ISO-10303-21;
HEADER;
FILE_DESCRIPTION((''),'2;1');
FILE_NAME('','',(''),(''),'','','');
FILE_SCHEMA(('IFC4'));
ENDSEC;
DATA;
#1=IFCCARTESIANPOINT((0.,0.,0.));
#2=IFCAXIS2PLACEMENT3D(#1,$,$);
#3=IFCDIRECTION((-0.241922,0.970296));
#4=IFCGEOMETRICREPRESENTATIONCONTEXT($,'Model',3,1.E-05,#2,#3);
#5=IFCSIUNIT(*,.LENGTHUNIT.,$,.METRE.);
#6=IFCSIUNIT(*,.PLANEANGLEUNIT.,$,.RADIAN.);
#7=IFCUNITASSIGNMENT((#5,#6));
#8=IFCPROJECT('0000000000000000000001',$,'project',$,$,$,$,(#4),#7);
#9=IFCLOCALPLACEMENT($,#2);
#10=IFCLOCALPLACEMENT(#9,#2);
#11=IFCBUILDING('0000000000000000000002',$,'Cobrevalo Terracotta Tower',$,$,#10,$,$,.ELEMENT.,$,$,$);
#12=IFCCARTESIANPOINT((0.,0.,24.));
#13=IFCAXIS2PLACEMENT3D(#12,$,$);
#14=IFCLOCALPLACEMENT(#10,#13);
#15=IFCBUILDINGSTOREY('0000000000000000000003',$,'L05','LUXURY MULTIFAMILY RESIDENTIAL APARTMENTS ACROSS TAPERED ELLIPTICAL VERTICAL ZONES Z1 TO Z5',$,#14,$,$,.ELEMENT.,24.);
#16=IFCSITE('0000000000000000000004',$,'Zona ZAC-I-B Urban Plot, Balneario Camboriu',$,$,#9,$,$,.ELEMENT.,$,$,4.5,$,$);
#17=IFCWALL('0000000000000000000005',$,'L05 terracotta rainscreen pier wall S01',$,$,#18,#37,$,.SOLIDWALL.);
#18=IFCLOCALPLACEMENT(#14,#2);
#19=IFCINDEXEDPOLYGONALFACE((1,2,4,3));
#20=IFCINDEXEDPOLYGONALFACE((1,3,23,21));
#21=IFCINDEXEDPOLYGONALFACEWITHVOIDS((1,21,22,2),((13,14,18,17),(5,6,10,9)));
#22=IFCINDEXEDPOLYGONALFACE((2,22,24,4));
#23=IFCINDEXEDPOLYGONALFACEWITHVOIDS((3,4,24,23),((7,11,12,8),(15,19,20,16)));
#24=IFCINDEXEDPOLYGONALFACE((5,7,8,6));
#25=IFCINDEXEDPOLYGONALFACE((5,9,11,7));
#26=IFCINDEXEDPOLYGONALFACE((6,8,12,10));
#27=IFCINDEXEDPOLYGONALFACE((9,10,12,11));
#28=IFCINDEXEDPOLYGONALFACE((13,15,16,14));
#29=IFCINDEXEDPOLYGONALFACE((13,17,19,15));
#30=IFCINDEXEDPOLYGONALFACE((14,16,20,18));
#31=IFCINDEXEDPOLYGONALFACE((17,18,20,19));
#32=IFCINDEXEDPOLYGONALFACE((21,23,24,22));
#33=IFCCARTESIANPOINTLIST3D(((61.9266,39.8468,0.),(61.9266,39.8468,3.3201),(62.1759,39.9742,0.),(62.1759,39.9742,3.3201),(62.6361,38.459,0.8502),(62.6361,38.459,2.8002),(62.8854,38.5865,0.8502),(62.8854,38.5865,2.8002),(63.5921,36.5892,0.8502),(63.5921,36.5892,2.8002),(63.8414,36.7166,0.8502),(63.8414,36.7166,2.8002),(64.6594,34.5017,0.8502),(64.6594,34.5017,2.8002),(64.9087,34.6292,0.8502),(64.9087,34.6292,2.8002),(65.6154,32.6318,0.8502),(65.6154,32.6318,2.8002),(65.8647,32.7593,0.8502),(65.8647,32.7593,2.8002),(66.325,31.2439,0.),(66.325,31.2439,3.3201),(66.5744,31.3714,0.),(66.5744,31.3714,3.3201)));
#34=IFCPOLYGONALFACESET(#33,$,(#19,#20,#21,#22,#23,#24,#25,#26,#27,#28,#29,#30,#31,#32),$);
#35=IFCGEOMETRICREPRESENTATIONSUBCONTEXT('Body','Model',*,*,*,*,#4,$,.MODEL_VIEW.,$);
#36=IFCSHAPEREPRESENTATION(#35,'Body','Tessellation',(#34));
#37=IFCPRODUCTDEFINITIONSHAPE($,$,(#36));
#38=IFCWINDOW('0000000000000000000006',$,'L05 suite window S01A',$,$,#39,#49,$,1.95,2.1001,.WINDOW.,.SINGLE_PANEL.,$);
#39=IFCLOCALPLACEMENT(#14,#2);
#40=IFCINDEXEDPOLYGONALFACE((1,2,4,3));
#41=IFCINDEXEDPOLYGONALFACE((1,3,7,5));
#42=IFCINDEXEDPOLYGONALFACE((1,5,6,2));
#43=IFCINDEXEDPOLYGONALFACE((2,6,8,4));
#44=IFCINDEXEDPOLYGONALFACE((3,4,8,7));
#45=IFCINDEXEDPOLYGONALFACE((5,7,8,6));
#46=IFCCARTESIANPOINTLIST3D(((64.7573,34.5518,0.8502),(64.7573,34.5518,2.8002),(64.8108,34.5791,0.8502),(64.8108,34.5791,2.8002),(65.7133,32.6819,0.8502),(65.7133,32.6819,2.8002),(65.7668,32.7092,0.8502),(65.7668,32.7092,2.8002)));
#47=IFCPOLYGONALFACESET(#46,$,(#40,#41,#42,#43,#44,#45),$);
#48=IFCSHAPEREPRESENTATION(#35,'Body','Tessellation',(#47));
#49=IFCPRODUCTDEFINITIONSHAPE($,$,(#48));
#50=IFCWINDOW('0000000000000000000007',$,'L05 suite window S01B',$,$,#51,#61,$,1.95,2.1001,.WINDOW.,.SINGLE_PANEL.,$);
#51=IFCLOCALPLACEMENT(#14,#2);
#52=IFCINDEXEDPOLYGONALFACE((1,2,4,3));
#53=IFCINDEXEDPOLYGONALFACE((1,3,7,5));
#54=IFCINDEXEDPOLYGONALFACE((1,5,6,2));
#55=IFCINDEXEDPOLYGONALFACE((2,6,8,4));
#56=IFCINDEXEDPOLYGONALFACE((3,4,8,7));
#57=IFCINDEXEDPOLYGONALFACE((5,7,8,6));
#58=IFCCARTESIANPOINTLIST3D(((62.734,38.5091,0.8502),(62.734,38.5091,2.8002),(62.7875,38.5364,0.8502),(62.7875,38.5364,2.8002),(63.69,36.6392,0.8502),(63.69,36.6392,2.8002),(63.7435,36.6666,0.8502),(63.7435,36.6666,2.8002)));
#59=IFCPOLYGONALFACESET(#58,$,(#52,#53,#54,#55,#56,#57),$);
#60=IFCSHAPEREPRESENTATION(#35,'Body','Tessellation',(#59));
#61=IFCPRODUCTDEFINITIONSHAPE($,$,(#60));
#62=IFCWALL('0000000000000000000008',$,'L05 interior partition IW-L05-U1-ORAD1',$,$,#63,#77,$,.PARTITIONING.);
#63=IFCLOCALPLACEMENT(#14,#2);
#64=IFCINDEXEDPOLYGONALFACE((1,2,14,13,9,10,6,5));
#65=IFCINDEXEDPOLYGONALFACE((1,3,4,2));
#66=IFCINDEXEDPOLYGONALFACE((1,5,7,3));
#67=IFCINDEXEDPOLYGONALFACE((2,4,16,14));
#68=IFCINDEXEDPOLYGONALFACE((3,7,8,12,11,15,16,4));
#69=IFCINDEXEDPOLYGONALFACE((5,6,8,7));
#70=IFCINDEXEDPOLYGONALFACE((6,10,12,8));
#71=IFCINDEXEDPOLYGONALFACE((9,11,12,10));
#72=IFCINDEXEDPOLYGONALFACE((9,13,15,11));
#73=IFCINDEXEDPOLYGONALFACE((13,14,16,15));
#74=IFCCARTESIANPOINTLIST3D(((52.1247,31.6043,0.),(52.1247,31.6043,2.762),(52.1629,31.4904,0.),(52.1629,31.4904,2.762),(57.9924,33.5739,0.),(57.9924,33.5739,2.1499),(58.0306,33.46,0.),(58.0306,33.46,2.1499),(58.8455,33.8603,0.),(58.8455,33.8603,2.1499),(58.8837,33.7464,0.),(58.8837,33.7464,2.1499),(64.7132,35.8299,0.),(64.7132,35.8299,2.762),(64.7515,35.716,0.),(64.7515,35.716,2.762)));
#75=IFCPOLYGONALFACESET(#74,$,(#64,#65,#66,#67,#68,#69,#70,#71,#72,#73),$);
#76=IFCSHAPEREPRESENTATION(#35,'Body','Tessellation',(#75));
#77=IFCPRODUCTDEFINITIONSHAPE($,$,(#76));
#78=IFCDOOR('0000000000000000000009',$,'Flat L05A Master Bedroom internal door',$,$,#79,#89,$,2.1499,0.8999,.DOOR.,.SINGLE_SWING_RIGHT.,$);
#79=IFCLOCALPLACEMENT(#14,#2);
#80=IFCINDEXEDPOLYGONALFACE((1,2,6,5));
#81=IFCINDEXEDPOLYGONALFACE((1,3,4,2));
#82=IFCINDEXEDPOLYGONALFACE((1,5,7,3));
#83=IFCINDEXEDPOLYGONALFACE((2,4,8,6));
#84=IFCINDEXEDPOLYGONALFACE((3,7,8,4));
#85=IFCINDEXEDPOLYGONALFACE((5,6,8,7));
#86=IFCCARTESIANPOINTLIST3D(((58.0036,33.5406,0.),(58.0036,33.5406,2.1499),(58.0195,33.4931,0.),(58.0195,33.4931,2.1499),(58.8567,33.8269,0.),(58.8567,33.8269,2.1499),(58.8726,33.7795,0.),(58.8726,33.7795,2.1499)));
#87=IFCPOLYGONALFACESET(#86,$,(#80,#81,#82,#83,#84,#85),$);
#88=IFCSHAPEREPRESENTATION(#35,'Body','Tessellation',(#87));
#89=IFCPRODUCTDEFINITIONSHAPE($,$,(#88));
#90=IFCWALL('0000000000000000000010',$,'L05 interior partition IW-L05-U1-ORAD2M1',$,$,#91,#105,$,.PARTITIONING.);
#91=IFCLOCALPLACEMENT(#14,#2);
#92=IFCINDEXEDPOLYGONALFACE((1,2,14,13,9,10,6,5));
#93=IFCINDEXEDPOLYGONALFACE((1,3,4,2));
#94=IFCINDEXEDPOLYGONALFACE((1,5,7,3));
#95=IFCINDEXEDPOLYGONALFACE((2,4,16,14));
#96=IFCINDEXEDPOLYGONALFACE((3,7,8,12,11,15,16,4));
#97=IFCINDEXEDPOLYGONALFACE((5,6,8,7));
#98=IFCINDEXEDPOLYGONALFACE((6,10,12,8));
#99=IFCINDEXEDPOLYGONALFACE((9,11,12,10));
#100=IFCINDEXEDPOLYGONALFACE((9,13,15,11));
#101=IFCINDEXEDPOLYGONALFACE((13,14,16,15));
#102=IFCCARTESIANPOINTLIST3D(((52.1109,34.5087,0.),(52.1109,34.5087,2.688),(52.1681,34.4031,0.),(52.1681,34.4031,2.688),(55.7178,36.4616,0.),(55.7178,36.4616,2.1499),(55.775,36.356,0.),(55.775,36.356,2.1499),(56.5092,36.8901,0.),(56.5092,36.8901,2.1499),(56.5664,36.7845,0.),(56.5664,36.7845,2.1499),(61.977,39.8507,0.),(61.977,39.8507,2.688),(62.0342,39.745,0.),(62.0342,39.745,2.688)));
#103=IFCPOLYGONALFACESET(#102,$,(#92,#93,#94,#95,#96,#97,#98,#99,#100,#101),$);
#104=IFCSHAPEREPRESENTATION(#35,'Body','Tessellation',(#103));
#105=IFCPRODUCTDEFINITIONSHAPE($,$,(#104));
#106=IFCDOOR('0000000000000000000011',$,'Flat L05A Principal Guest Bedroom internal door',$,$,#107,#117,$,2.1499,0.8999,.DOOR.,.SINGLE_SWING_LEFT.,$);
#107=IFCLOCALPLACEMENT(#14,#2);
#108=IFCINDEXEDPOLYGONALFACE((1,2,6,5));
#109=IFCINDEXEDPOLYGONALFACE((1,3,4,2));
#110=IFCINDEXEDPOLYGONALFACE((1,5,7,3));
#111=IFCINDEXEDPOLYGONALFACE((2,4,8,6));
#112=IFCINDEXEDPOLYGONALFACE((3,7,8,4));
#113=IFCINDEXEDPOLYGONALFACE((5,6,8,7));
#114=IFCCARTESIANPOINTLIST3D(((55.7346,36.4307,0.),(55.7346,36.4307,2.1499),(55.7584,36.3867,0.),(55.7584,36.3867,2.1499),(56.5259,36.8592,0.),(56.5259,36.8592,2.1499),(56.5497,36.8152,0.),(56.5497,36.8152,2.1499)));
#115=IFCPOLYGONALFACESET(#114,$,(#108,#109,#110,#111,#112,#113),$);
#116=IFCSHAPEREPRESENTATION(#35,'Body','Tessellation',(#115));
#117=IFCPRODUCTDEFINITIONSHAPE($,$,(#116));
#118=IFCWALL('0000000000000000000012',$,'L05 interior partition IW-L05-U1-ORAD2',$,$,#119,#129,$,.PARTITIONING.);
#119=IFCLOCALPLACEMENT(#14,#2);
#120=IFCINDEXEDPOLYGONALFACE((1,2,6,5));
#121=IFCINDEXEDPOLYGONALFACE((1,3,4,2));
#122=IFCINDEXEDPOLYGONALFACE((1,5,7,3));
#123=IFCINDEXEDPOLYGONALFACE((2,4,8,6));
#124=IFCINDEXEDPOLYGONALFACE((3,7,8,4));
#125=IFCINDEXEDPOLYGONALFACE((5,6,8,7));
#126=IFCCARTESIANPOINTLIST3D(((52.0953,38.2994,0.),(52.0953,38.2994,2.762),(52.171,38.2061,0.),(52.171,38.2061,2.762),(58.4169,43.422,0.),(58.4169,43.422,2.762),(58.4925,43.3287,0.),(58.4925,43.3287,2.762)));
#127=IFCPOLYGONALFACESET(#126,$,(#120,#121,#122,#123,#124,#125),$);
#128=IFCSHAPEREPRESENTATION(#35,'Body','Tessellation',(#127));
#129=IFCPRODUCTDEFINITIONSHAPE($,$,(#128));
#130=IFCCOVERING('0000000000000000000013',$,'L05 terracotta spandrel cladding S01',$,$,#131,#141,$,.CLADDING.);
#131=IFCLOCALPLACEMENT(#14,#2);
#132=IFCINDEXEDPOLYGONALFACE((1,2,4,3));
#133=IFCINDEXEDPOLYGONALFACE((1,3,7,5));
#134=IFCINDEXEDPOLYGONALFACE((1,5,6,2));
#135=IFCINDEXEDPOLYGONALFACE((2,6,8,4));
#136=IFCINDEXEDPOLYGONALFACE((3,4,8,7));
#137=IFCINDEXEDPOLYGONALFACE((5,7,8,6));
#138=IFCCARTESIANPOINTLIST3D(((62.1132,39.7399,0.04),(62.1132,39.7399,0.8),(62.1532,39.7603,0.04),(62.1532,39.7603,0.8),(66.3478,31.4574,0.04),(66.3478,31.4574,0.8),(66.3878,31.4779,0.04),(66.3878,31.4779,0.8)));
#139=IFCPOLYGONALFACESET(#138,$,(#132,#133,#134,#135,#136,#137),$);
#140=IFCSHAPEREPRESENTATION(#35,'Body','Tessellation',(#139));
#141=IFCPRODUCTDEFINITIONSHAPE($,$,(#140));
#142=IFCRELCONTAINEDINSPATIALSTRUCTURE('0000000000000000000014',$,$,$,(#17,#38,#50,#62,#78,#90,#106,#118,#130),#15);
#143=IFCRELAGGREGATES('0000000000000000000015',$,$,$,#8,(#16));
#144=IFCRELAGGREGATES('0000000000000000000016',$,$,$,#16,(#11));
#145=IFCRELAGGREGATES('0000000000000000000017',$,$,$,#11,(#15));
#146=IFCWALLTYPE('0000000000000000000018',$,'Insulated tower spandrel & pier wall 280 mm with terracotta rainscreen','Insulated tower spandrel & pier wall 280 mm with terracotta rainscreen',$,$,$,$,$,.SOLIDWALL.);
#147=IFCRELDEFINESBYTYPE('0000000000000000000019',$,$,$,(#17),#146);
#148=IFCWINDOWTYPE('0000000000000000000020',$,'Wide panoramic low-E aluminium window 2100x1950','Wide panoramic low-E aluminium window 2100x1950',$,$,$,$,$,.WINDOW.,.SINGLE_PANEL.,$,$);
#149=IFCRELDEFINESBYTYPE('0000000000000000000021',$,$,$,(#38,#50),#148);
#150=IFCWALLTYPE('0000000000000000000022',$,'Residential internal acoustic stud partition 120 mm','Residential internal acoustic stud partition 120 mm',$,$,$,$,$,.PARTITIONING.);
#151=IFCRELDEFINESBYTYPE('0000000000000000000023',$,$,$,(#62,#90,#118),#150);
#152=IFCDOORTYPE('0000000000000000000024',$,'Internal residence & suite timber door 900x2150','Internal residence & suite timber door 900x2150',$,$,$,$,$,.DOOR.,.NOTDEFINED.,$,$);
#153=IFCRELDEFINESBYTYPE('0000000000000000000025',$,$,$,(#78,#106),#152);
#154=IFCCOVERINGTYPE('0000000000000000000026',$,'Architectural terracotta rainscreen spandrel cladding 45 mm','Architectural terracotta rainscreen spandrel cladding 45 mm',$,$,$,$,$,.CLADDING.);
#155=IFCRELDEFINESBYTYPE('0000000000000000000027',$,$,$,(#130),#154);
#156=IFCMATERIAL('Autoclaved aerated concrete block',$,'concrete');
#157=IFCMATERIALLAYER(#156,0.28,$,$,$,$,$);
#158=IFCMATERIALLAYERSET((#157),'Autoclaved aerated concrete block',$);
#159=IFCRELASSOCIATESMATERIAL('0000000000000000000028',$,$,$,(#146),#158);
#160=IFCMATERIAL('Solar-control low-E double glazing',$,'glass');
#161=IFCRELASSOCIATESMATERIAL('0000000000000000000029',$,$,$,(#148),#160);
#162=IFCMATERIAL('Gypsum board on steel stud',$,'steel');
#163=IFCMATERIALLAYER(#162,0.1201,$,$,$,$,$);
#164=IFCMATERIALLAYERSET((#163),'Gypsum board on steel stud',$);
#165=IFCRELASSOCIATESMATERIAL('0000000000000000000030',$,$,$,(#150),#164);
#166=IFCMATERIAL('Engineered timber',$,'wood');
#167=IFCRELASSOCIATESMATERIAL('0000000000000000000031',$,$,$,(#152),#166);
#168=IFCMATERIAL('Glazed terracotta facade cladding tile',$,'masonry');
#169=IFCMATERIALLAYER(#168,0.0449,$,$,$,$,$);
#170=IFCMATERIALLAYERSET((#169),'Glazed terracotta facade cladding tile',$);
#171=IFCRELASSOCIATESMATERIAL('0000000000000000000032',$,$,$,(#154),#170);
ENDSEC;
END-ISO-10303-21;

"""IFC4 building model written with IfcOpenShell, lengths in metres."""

from ifc_helpers import new_model, si_unit, direction, frame, frame_2d, origin, origin_2d, place, context, subcontext, project, spatial, rectangle, extrude, source, transform, mapped, material, layer, layer_set, type_object, element, fill, save


model = new_model("IFC4")

# Units and contexts
model_context = context("Model", 3, precision=1e-05, world=origin(), true_north=direction((-0.241922, 0.970296)))
body_context = subcontext(model_context, "Body", "Model", "MODEL_VIEW")
ifc_project = project(units=[si_unit("LENGTHUNIT", "METRE"), si_unit("PLANEANGLEUNIT", "RADIAN")], contexts=[model_context])

# Site, building, storey
site_placement = place(None, origin())
site = spatial("IfcSite", under=ifc_project, at=site_placement, Name="Zona ZAC-I-B Urban Plot, Balneario Camboriu", CompositionType="ELEMENT", RefElevation=4.5)
building_placement = place(site_placement, origin())
building = spatial("IfcBuilding", under=site, at=building_placement, Name="Cobrevalo Terracotta Tower", CompositionType="ELEMENT")
storey_placement = place(building_placement, frame((0.0, 0.0, 24.0)))
storey = spatial("IfcBuildingStorey", under=building, at=storey_placement, Name="L05", Description="LUXURY MULTIFAMILY RESIDENTIAL APARTMENTS ACROSS TAPERED ELLIPTICAL VERTICAL ZONES Z1 TO Z5", CompositionType="ELEMENT", Elevation=24.0)

# Shared definitions
ifc_material_1 = material(Name="Solar-control low-E double glazing", Category="glass")

# Wall, openings, windows
ifc_material_2 = material(Name="Autoclaved aerated concrete block", Category="concrete")
ifc_layer_1 = layer(ifc_material_2, 0.28)
ifc_layer_set_1 = layer_set([ifc_layer_1], Name="Autoclaved aerated concrete block")
wall_type_1 = type_object("IfcWallType", Name="Insulated tower spandrel & pier wall 280 mm with terracotta rainscreen", Description="Insulated tower spandrel & pier wall 280 mm with terracotta rainscreen", PredefinedType="SOLIDWALL", material=ifc_layer_set_1)
wall_1_placement = place(storey_placement, frame((66.4497, 31.3076, 0.0), z_axis=(0.0, 0.0, 1.0), x_axis=(-0.455231, 0.890373, 0.0)))
wall_1 = element("IfcWall", 1, at=wall_1_placement, inside=storey, type_object=wall_type_1, Name="L05 terracotta rainscreen pier wall S01", PredefinedType="SOLIDWALL", context=body_context, shape_type="SweptSolid", body=[
    extrude(rectangle(XDim=9.6621, YDim=0.28, at=frame_2d((4.8311, 0.0))), origin(), (0.0, 0.0, 1.0), 3.3201),
])
opening_1_placement = place(wall_1_placement, frame((1.5588, 0.0, 0.8501)))
opening_1 = element("IfcOpeningElement", 2, at=opening_1_placement, cuts=wall_1, PredefinedType="OPENING", context=body_context, shape_type="SweptSolid", body=[
    extrude(rectangle(XDim=2.1001, YDim=1.95, at=frame_2d((1.05, 0.9751))), frame((0.0, 0.1499, 0.0), z_axis=(0.0, -1.0, 0.0), x_axis=(1.0, 0.0, 0.0)), (0.0, 0.0, 1.0), 0.3),
])
opening_2_placement = place(wall_1_placement, frame((6.0034, 0.0, 0.8501)))
opening_2 = element("IfcOpeningElement", 3, at=opening_2_placement, cuts=wall_1, PredefinedType="OPENING", context=body_context, shape_type="SweptSolid", body=[
    extrude(rectangle(XDim=2.1001, YDim=1.95, at=frame_2d((1.05, 0.9751))), frame((0.0, 0.1499, 0.0), z_axis=(0.0, -1.0, 0.0), x_axis=(1.0, 0.0, 0.0)), (0.0, 0.0, 1.0), 0.3),
])
window_type = type_object("IfcWindowType", Name="Wide panoramic low-E aluminium window 2100x1950", Description="Wide panoramic low-E aluminium window 2100x1950", PartitioningType="SINGLE_PANEL", PredefinedType="WINDOW", material=ifc_material_1)
shared_shape_1 = source(origin(), body_context, "Body", "SweptSolid", [
    extrude(rectangle(XDim=2.1001, YDim=1.95, at=frame_2d((1.05, 0.9751))), frame((0.0, 0.03, 0.0), z_axis=(0.0, -1.0, 0.0), x_axis=(1.0, 0.0, 0.0)), (0.0, 0.0, 1.0), 0.0601),
])
window_1_placement = place(opening_1_placement, origin())
window_1 = element("IfcWindow", 4, at=window_1_placement, inside=storey, type_object=window_type, Name="L05 suite window S01A", OverallHeight=1.95, OverallWidth=2.1001, PartitioningType="SINGLE_PANEL", PredefinedType="WINDOW", context=body_context, shape_type="MappedRepresentation", body=[
    mapped(shared_shape_1, transform((0.0, 0.0, 0.0), scale=1.0)),
])
fill(opening_1, window_1)
window_2_placement = place(opening_2_placement, origin())
window_2 = element("IfcWindow", 5, at=window_2_placement, inside=storey, type_object=window_type, Name="L05 suite window S01B", OverallHeight=1.95, OverallWidth=2.1001, PartitioningType="SINGLE_PANEL", PredefinedType="WINDOW", context=body_context, shape_type="MappedRepresentation", body=[
    mapped(shared_shape_1, transform((0.0, 0.0, 0.0), scale=1.0)),
])
fill(opening_2, window_2)

# Walls, openings, doors
ifc_material_3 = material(Name="Gypsum board on steel stud", Category="steel")
ifc_layer_2 = layer(ifc_material_3, 0.1201)
ifc_layer_set_2 = layer_set([ifc_layer_2], Name="Gypsum board on steel stud")
wall_type_2 = type_object("IfcWallType", Name="Residential internal acoustic stud partition 120 mm", Description="Residential internal acoustic stud partition 120 mm", PredefinedType="PARTITIONING", material=ifc_layer_set_2)
wall_2_placement = place(storey_placement, frame((52.1438, 31.5474, 0.0), z_axis=(0.0, 0.0, 1.0), x_axis=(0.948017, 0.318218, 0.0)))
wall_2 = element("IfcWall", 6, at=wall_2_placement, inside=storey, type_object=wall_type_2, Name="L05 interior partition IW-L05-U1-ORAD1", PredefinedType="PARTITIONING", context=body_context, shape_type="SweptSolid", body=[
    extrude(rectangle(XDim=13.2788, YDim=0.1201, at=frame_2d((6.6394, 0.0))), origin(), (0.0, 0.0, 1.0), 2.762),
])
opening_3_placement = place(wall_2_placement, frame((6.1895, 0.0, 0.0)))
opening_3 = element("IfcOpeningElement", 7, at=opening_3_placement, cuts=wall_2, PredefinedType="OPENING", context=body_context, shape_type="SweptSolid", body=[
    extrude(rectangle(XDim=0.8999, YDim=2.1499, at=frame_2d((0.45, 1.075))), frame((0.0, 0.0701, 0.0), z_axis=(0.0, -1.0, 0.0), x_axis=(1.0, 0.0, 0.0)), (0.0, 0.0, 1.0), 0.1401),
])
ifc_material_4 = material(Name="Engineered timber", Category="wood")
door_type = type_object("IfcDoorType", Name="Internal residence & suite timber door 900x2150", Description="Internal residence & suite timber door 900x2150", OperationType="NOTDEFINED", PredefinedType="DOOR", material=ifc_material_4)
shared_shape_2 = source(origin(), body_context, "Body", "SweptSolid", [
    extrude(rectangle(XDim=0.8999, YDim=2.1499, at=frame_2d((0.45, 1.075))), frame((0.0, 0.0249, 0.0), z_axis=(0.0, -1.0, 0.0), x_axis=(1.0, 0.0, 0.0)), (0.0, 0.0, 1.0), 0.05),
])
door_1_placement = place(opening_3_placement, origin())
door_1 = element("IfcDoor", 8, at=door_1_placement, inside=storey, type_object=door_type, Name="Flat L05A Master Bedroom internal door", OperationType="SINGLE_SWING_RIGHT", OverallHeight=2.1499, OverallWidth=0.8999, PredefinedType="DOOR", context=body_context, shape_type="MappedRepresentation", body=[
    mapped(shared_shape_2, transform((0.0, 0.0, 0.0), scale=1.0)),
])
fill(opening_3, door_1)
wall_3_placement = place(storey_placement, frame((52.1394, 34.4558, 0.0), z_axis=(0.0, 0.0, 1.0), x_axis=(0.879372, 0.476135, 0.0)))
wall_3 = element("IfcWall", 9, at=wall_3_placement, inside=storey, type_object=wall_type_2, Name="L05 interior partition IW-L05-U1-ORAD2M1", PredefinedType="PARTITIONING", context=body_context, shape_type="SweptSolid", body=[
    extrude(rectangle(XDim=11.2195, YDim=0.1201, at=frame_2d((5.6099, 0.0))), origin(), (0.0, 0.0, 1.0), 2.688),
])
opening_4_placement = place(wall_3_placement, frame((4.1018, 0.0, 0.0)))
opening_4 = element("IfcOpeningElement", 10, at=opening_4_placement, cuts=wall_3, PredefinedType="OPENING", context=body_context, shape_type="SweptSolid", body=[
    extrude(rectangle(XDim=0.8999, YDim=2.1499, at=frame_2d((0.45, 1.075))), frame((0.0, 0.0701, 0.0), z_axis=(0.0, -1.0, 0.0), x_axis=(1.0, 0.0, 0.0)), (0.0, 0.0, 1.0), 0.1401),
])
door_2_placement = place(opening_4_placement, origin())
door_2 = element("IfcDoor", 11, at=door_2_placement, inside=storey, type_object=door_type, Name="Flat L05A Principal Guest Bedroom internal door", OperationType="SINGLE_SWING_LEFT", OverallHeight=2.1499, OverallWidth=0.8999, PredefinedType="DOOR", context=body_context, shape_type="MappedRepresentation", body=[
    mapped(shared_shape_2, transform((0.0, 0.0, 0.0), scale=1.0)),
])
fill(opening_4, door_2)

# Wall
wall_4_placement = place(storey_placement, frame((52.1331, 38.2527, 0.0), z_axis=(0.0, 0.0, 1.0), x_axis=(0.776937, 0.629579, 0.0)))
element("IfcWall", 12, at=wall_4_placement, inside=storey, type_object=wall_type_2, Name="L05 interior partition IW-L05-U1-ORAD2", PredefinedType="PARTITIONING", context=body_context, shape_type="SweptSolid", body=[
    extrude(rectangle(XDim=8.1365, YDim=0.1201, at=frame_2d((4.0684, 0.0))), origin(), (0.0, 0.0, 1.0), 2.762),
])

# Covering
ifc_material_5 = material(Name="Glazed terracotta facade cladding tile", Category="masonry")
ifc_layer_3 = layer(ifc_material_5, 0.0449)
ifc_layer_set_3 = layer_set([ifc_layer_3], Name="Glazed terracotta facade cladding tile")
covering_type = type_object("IfcCoveringType", Name="Architectural terracotta rainscreen spandrel cladding 45 mm", Description="Architectural terracotta rainscreen spandrel cladding 45 mm", PredefinedType="CLADDING", material=ifc_layer_set_3)
shared_shape_3 = source(origin(), body_context, "Body", "SweptSolid", [
    extrude(rectangle(XDim=9.3022, YDim=0.0449, at=origin_2d()), origin(), (0.0, 0.0, 1.0), 0.76),
])
covering_placement = place(storey_placement, frame((64.2505, 35.6089, 0.04), z_axis=(0.0, 0.0, 1.0), x_axis=(-0.455231, 0.890373, 0.0)))
element("IfcCovering", 13, at=covering_placement, inside=storey, type_object=covering_type, Name="L05 terracotta spandrel cladding S01", PredefinedType="CLADDING", context=body_context, shape_type="MappedRepresentation", body=[
    mapped(shared_shape_3, transform((0.0, 0.0, 0.0), scale=1.0)),
])

save(model, "model.ifc")
